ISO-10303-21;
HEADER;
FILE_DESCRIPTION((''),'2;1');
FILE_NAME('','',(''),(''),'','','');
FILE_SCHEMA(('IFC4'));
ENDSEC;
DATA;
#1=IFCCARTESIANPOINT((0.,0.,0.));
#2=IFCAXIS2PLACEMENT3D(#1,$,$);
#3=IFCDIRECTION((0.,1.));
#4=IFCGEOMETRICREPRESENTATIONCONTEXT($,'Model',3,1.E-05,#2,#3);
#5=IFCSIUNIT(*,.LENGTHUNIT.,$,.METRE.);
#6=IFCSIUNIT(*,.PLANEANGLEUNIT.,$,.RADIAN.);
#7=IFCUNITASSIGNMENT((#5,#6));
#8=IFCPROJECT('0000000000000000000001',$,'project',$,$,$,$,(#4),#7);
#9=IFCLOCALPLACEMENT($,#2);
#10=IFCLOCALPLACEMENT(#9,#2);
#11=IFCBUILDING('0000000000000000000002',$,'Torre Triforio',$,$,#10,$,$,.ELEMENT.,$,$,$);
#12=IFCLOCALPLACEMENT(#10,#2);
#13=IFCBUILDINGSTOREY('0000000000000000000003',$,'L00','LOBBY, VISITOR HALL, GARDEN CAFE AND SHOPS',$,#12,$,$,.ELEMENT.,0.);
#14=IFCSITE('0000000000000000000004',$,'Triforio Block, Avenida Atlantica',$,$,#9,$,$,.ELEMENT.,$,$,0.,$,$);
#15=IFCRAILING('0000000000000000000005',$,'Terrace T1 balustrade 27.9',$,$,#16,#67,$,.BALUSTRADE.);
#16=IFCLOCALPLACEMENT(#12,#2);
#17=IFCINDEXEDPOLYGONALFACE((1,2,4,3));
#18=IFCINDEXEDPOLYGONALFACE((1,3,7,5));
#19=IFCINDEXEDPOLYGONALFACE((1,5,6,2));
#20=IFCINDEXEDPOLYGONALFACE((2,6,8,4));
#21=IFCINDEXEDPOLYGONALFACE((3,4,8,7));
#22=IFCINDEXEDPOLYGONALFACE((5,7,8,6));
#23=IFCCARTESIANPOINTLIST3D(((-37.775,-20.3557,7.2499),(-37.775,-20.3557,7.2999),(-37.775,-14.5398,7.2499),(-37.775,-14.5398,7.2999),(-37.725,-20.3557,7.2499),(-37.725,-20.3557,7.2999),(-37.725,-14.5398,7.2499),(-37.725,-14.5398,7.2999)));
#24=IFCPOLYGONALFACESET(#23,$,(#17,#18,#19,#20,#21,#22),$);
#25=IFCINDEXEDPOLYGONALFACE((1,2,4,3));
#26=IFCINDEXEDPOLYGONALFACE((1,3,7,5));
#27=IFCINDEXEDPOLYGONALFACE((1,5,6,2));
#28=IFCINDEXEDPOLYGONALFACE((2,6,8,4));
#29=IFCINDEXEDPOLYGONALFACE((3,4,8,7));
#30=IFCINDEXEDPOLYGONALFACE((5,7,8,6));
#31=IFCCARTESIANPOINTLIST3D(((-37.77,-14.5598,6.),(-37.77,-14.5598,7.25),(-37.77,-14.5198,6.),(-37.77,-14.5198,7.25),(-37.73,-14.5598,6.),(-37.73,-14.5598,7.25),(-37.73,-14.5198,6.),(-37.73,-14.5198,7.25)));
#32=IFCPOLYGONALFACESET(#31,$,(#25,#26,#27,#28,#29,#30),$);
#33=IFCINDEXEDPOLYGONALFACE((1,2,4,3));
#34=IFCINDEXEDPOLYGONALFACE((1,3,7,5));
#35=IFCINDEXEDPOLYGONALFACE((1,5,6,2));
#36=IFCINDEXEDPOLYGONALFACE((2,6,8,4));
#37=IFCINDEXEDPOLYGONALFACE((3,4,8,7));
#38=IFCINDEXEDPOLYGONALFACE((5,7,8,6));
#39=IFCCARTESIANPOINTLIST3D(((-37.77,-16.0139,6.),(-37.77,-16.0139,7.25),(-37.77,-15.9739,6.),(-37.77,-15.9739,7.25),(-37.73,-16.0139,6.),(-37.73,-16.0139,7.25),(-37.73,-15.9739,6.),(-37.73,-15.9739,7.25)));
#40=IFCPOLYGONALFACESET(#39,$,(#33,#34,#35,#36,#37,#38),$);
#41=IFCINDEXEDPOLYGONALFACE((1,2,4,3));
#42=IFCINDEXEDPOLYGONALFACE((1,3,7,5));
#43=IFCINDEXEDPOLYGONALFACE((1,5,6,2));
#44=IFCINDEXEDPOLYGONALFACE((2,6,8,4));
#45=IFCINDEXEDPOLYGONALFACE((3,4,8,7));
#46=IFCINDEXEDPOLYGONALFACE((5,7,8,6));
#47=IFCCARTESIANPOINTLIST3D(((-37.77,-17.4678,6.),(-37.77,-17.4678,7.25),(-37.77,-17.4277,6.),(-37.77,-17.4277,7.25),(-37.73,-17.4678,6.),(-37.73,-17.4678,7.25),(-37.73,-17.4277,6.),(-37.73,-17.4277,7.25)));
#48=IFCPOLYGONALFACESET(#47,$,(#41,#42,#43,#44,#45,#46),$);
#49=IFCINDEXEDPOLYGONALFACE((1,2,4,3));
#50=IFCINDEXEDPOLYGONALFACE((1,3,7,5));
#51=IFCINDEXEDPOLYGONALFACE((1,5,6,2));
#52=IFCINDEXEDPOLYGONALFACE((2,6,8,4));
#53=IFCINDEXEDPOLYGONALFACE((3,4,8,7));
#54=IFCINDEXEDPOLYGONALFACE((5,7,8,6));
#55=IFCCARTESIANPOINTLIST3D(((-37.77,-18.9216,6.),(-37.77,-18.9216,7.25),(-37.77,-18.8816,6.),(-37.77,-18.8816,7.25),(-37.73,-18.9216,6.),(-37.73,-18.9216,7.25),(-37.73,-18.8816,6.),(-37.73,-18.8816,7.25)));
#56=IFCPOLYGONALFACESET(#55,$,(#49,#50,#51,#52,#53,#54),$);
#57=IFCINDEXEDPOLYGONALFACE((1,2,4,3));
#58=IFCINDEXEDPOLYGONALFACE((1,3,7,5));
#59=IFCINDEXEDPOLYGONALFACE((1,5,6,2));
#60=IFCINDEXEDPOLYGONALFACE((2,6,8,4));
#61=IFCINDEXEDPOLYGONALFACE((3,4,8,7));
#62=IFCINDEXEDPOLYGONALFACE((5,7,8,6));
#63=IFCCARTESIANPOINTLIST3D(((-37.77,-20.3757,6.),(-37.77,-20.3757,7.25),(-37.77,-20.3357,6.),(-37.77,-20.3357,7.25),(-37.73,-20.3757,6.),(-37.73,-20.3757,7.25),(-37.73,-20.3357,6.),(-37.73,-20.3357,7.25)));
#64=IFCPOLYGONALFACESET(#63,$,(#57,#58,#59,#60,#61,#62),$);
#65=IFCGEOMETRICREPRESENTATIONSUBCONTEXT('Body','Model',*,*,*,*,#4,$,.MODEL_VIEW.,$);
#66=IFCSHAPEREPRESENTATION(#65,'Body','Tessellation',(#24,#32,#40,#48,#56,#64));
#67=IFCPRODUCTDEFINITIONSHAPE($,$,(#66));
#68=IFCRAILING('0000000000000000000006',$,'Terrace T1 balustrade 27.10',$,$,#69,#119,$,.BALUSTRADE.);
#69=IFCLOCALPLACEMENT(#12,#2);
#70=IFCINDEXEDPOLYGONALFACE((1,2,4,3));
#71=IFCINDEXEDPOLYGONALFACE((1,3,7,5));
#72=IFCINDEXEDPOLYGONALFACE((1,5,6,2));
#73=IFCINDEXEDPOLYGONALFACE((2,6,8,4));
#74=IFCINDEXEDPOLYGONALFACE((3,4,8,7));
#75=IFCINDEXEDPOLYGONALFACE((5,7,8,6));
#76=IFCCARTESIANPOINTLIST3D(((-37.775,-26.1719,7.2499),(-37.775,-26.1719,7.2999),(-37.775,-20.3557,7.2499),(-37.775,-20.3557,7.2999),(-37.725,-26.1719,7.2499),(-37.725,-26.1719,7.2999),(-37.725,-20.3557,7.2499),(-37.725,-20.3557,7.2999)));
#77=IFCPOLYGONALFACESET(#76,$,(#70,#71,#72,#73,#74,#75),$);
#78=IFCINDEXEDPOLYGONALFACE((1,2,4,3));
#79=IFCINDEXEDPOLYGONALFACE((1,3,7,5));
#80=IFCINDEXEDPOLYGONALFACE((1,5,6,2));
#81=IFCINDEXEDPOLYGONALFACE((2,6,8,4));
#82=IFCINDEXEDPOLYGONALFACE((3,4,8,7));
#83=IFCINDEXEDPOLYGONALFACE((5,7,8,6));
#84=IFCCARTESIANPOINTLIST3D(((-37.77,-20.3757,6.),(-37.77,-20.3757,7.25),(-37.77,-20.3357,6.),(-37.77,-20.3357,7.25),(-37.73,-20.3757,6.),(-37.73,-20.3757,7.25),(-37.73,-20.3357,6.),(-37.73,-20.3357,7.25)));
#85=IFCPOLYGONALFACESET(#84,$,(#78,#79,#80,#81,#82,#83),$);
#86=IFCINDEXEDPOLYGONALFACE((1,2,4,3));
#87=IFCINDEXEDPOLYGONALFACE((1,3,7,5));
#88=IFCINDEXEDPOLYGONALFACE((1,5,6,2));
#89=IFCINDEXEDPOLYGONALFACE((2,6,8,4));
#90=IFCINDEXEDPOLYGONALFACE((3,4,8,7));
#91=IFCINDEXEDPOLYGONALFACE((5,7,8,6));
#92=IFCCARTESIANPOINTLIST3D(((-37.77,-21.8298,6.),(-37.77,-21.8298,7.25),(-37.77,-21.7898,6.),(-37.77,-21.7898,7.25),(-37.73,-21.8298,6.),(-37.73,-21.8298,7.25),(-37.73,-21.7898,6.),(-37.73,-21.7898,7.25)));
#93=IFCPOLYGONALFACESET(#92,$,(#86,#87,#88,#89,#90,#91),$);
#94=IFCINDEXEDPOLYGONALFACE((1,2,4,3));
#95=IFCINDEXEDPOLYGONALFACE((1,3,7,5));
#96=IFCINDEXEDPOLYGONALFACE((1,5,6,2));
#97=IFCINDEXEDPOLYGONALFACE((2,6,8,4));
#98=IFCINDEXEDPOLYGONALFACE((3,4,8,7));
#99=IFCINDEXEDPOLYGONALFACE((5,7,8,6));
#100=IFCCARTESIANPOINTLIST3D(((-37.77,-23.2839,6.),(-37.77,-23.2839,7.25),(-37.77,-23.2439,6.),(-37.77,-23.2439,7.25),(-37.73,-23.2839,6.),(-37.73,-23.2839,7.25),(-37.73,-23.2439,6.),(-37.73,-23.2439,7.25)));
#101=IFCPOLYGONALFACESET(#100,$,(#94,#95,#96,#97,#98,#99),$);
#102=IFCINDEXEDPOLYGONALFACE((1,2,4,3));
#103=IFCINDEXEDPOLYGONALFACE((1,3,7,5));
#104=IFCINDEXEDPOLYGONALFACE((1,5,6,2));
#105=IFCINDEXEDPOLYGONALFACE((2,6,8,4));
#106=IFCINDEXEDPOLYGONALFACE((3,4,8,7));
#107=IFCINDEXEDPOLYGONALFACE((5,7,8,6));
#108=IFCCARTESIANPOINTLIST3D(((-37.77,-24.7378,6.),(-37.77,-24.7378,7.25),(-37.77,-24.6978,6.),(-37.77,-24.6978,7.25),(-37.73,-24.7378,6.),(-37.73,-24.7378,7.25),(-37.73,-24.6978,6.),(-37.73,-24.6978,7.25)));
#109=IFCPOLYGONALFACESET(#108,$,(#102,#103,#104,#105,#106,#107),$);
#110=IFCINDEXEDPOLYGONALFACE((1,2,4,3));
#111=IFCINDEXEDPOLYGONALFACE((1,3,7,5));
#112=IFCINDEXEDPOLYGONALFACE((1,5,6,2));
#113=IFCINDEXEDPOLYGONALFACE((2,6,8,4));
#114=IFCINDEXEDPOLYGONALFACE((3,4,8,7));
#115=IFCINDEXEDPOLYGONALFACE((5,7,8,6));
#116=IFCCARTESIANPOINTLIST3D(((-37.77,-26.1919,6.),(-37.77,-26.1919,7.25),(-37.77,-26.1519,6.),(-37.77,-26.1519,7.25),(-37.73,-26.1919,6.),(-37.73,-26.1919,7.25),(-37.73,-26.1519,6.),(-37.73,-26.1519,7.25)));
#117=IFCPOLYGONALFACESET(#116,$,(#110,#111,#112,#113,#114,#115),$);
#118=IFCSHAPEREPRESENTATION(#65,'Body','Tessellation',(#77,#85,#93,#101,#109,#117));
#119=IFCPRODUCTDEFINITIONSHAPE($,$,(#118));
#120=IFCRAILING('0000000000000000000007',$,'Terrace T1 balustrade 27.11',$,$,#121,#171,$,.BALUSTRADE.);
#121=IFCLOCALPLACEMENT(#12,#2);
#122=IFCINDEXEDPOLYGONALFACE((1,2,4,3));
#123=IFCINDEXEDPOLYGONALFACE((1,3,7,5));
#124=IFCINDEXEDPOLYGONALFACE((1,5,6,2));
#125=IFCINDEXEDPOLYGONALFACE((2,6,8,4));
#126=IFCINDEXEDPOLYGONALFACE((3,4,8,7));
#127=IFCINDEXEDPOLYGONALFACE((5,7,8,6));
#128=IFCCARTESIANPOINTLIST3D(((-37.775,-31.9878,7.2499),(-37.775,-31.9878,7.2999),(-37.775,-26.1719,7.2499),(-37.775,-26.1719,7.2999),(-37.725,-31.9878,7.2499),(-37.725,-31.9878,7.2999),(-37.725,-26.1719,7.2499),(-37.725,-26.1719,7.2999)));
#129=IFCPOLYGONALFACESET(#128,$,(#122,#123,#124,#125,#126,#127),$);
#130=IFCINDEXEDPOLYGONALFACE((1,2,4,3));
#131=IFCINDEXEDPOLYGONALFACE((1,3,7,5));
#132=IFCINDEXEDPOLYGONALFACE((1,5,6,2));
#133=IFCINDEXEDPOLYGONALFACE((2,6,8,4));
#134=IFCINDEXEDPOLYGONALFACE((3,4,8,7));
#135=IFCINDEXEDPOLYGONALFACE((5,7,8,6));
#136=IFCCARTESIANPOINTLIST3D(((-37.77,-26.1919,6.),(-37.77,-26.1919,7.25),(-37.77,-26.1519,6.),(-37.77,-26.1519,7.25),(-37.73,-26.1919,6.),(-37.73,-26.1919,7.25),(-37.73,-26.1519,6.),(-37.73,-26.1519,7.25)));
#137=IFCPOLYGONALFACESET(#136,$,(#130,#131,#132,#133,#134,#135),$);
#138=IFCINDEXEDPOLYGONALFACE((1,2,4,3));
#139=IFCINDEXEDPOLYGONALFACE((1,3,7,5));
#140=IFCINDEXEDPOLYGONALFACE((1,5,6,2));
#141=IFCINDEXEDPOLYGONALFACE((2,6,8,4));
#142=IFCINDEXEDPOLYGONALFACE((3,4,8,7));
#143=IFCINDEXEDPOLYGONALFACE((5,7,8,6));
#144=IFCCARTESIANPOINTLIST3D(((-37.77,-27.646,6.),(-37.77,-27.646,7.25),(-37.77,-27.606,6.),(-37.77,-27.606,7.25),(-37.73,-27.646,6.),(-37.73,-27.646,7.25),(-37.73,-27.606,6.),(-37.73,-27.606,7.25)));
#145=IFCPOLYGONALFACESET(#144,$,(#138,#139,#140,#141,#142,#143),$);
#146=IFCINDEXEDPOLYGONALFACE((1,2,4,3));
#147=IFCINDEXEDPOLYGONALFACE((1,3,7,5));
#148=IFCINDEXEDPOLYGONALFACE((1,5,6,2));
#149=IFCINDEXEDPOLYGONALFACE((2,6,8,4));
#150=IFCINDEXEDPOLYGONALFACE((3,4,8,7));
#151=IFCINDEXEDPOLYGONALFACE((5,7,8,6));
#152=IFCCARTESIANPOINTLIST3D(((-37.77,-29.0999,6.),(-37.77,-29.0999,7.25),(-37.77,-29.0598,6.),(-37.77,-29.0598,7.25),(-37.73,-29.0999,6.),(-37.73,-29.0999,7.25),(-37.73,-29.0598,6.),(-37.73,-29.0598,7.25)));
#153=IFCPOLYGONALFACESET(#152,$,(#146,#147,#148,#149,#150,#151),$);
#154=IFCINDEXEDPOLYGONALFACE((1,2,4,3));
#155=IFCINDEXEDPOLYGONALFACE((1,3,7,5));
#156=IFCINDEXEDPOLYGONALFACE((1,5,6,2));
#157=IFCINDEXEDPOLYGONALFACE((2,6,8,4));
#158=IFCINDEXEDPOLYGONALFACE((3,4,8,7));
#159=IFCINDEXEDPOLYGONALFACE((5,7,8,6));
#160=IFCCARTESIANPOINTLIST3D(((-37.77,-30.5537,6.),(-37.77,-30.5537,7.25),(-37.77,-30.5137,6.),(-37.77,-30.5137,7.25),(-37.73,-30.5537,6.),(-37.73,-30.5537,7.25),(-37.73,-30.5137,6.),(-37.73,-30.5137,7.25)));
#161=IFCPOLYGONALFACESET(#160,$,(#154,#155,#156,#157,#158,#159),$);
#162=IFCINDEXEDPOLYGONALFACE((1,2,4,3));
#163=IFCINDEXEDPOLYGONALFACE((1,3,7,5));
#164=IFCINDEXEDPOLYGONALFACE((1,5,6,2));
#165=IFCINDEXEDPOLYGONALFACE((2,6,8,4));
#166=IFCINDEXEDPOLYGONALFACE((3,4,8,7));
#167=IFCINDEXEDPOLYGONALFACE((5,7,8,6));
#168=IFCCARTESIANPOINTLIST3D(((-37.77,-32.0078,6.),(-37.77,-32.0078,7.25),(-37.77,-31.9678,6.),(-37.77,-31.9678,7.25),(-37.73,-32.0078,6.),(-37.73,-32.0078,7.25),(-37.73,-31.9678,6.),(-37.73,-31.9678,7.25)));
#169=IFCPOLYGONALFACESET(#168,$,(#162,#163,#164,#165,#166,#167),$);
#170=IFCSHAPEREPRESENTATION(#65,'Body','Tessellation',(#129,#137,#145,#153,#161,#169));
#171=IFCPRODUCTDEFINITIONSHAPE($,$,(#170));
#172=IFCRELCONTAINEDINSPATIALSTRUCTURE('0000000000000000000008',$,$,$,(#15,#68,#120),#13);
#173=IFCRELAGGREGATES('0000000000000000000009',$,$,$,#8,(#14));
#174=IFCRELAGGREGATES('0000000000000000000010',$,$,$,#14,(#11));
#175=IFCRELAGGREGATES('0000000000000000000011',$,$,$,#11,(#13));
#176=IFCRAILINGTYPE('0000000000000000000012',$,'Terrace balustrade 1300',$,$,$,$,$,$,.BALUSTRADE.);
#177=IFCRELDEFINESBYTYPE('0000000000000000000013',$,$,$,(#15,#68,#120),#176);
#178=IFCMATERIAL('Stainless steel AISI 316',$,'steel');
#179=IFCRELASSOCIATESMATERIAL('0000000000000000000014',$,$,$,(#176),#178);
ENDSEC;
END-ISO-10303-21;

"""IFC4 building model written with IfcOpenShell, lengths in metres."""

from ifc_helpers import new_model, si_unit, direction, frame, origin, origin_2d, place, context, subcontext, project, spatial, rectangle, extrude, material, type_object, element, save


model = new_model("IFC4")

# Units and contexts
model_context = context("Model", 3, precision=1e-05, world=origin(), true_north=direction((0.0, 1.0)))
body_context = subcontext(model_context, "Body", "Model", "MODEL_VIEW")
ifc_project = project(units=[si_unit("LENGTHUNIT", "METRE"), si_unit("PLANEANGLEUNIT", "RADIAN")], contexts=[model_context])

# Site, building, storey
site_placement = place(None, origin())
site = spatial("IfcSite", under=ifc_project, at=site_placement, Name="Triforio Block, Avenida Atlantica", CompositionType="ELEMENT", RefElevation=0.0)
building_placement = place(site_placement, origin())
building = spatial("IfcBuilding", under=site, at=building_placement, Name="Torre Triforio", CompositionType="ELEMENT")
storey_placement = place(building_placement, origin())
storey = spatial("IfcBuildingStorey", under=building, at=storey_placement, Name="L00", Description="LOBBY, VISITOR HALL, GARDEN CAFE AND SHOPS", CompositionType="ELEMENT", Elevation=0.0)

# Railings
ifc_material_1 = material(Name="Stainless steel AISI 316", Category="steel")
railing_type = type_object("IfcRailingType", Name="Terrace balustrade 1300", PredefinedType="BALUSTRADE", material=ifc_material_1)
railing_1_placement = place(storey_placement, frame((-37.75, -14.5398, 6.0)))
element("IfcRailing", 1, at=railing_1_placement, inside=storey, type_object=railing_type, Name="Terrace T1 balustrade 27.9", PredefinedType="BALUSTRADE", context=body_context, shape_type="SweptSolid", body=[
    extrude(rectangle(XDim=0.05, YDim=0.05, at=origin_2d()), frame((0.0, 0.0, 1.2749), z_axis=(0.0, -1.0, 0.0), x_axis=(1.0, 0.0, 0.0)), (0.0, 0.0, 1.0), 5.8159),
    extrude(rectangle(XDim=0.04, YDim=0.04, at=origin_2d()), origin(), (0.0, 0.0, 1.0), 1.25),
    extrude(rectangle(XDim=0.04, YDim=0.04, at=origin_2d()), frame((0.0, -1.4541, 0.0)), (0.0, 0.0, 1.0), 1.25),
    extrude(rectangle(XDim=0.04, YDim=0.04, at=origin_2d()), frame((0.0, -2.908, 0.0)), (0.0, 0.0, 1.0), 1.25),
    extrude(rectangle(XDim=0.04, YDim=0.04, at=origin_2d()), frame((0.0, -4.3618, 0.0)), (0.0, 0.0, 1.0), 1.25),
    extrude(rectangle(XDim=0.04, YDim=0.04, at=origin_2d()), frame((0.0, -5.8159, 0.0)), (0.0, 0.0, 1.0), 1.25),
])
railing_2_placement = place(storey_placement, frame((-37.75, -20.3557, 6.0)))
element("IfcRailing", 2, at=railing_2_placement, inside=storey, type_object=railing_type, Name="Terrace T1 balustrade 27.10", PredefinedType="BALUSTRADE", context=body_context, shape_type="SweptSolid", body=[
    extrude(rectangle(XDim=0.05, YDim=0.05, at=origin_2d()), frame((0.0, 0.0, 1.2749), z_axis=(0.0, -1.0, 0.0), x_axis=(1.0, 0.0, 0.0)), (0.0, 0.0, 1.0), 5.8162),
    extrude(rectangle(XDim=0.04, YDim=0.04, at=origin_2d()), origin(), (0.0, 0.0, 1.0), 1.25),
    extrude(rectangle(XDim=0.04, YDim=0.04, at=origin_2d()), frame((0.0, -1.4541, 0.0)), (0.0, 0.0, 1.0), 1.25),
    extrude(rectangle(XDim=0.04, YDim=0.04, at=origin_2d()), frame((0.0, -2.9082, 0.0)), (0.0, 0.0, 1.0), 1.25),
    extrude(rectangle(XDim=0.04, YDim=0.04, at=origin_2d()), frame((0.0, -4.3621, 0.0)), (0.0, 0.0, 1.0), 1.25),
    extrude(rectangle(XDim=0.04, YDim=0.04, at=origin_2d()), frame((0.0, -5.8162, 0.0)), (0.0, 0.0, 1.0), 1.25),
])
railing_3_placement = place(storey_placement, frame((-37.75, -26.1719, 6.0)))
element("IfcRailing", 3, at=railing_3_placement, inside=storey, type_object=railing_type, Name="Terrace T1 balustrade 27.11", PredefinedType="BALUSTRADE", context=body_context, shape_type="SweptSolid", body=[
    extrude(rectangle(XDim=0.05, YDim=0.05, at=origin_2d()), frame((0.0, 0.0, 1.2749), z_axis=(0.0, -1.0, 0.0), x_axis=(1.0, 0.0, 0.0)), (0.0, 0.0, 1.0), 5.8159),
    extrude(rectangle(XDim=0.04, YDim=0.04, at=origin_2d()), origin(), (0.0, 0.0, 1.0), 1.25),
    extrude(rectangle(XDim=0.04, YDim=0.04, at=origin_2d()), frame((0.0, -1.4541, 0.0)), (0.0, 0.0, 1.0), 1.25),
    extrude(rectangle(XDim=0.04, YDim=0.04, at=origin_2d()), frame((0.0, -2.908, 0.0)), (0.0, 0.0, 1.0), 1.25),
    extrude(rectangle(XDim=0.04, YDim=0.04, at=origin_2d()), frame((0.0, -4.3618, 0.0)), (0.0, 0.0, 1.0), 1.25),
    extrude(rectangle(XDim=0.04, YDim=0.04, at=origin_2d()), frame((0.0, -5.8159, 0.0)), (0.0, 0.0, 1.0), 1.25),
])

save(model, "model.ifc")
